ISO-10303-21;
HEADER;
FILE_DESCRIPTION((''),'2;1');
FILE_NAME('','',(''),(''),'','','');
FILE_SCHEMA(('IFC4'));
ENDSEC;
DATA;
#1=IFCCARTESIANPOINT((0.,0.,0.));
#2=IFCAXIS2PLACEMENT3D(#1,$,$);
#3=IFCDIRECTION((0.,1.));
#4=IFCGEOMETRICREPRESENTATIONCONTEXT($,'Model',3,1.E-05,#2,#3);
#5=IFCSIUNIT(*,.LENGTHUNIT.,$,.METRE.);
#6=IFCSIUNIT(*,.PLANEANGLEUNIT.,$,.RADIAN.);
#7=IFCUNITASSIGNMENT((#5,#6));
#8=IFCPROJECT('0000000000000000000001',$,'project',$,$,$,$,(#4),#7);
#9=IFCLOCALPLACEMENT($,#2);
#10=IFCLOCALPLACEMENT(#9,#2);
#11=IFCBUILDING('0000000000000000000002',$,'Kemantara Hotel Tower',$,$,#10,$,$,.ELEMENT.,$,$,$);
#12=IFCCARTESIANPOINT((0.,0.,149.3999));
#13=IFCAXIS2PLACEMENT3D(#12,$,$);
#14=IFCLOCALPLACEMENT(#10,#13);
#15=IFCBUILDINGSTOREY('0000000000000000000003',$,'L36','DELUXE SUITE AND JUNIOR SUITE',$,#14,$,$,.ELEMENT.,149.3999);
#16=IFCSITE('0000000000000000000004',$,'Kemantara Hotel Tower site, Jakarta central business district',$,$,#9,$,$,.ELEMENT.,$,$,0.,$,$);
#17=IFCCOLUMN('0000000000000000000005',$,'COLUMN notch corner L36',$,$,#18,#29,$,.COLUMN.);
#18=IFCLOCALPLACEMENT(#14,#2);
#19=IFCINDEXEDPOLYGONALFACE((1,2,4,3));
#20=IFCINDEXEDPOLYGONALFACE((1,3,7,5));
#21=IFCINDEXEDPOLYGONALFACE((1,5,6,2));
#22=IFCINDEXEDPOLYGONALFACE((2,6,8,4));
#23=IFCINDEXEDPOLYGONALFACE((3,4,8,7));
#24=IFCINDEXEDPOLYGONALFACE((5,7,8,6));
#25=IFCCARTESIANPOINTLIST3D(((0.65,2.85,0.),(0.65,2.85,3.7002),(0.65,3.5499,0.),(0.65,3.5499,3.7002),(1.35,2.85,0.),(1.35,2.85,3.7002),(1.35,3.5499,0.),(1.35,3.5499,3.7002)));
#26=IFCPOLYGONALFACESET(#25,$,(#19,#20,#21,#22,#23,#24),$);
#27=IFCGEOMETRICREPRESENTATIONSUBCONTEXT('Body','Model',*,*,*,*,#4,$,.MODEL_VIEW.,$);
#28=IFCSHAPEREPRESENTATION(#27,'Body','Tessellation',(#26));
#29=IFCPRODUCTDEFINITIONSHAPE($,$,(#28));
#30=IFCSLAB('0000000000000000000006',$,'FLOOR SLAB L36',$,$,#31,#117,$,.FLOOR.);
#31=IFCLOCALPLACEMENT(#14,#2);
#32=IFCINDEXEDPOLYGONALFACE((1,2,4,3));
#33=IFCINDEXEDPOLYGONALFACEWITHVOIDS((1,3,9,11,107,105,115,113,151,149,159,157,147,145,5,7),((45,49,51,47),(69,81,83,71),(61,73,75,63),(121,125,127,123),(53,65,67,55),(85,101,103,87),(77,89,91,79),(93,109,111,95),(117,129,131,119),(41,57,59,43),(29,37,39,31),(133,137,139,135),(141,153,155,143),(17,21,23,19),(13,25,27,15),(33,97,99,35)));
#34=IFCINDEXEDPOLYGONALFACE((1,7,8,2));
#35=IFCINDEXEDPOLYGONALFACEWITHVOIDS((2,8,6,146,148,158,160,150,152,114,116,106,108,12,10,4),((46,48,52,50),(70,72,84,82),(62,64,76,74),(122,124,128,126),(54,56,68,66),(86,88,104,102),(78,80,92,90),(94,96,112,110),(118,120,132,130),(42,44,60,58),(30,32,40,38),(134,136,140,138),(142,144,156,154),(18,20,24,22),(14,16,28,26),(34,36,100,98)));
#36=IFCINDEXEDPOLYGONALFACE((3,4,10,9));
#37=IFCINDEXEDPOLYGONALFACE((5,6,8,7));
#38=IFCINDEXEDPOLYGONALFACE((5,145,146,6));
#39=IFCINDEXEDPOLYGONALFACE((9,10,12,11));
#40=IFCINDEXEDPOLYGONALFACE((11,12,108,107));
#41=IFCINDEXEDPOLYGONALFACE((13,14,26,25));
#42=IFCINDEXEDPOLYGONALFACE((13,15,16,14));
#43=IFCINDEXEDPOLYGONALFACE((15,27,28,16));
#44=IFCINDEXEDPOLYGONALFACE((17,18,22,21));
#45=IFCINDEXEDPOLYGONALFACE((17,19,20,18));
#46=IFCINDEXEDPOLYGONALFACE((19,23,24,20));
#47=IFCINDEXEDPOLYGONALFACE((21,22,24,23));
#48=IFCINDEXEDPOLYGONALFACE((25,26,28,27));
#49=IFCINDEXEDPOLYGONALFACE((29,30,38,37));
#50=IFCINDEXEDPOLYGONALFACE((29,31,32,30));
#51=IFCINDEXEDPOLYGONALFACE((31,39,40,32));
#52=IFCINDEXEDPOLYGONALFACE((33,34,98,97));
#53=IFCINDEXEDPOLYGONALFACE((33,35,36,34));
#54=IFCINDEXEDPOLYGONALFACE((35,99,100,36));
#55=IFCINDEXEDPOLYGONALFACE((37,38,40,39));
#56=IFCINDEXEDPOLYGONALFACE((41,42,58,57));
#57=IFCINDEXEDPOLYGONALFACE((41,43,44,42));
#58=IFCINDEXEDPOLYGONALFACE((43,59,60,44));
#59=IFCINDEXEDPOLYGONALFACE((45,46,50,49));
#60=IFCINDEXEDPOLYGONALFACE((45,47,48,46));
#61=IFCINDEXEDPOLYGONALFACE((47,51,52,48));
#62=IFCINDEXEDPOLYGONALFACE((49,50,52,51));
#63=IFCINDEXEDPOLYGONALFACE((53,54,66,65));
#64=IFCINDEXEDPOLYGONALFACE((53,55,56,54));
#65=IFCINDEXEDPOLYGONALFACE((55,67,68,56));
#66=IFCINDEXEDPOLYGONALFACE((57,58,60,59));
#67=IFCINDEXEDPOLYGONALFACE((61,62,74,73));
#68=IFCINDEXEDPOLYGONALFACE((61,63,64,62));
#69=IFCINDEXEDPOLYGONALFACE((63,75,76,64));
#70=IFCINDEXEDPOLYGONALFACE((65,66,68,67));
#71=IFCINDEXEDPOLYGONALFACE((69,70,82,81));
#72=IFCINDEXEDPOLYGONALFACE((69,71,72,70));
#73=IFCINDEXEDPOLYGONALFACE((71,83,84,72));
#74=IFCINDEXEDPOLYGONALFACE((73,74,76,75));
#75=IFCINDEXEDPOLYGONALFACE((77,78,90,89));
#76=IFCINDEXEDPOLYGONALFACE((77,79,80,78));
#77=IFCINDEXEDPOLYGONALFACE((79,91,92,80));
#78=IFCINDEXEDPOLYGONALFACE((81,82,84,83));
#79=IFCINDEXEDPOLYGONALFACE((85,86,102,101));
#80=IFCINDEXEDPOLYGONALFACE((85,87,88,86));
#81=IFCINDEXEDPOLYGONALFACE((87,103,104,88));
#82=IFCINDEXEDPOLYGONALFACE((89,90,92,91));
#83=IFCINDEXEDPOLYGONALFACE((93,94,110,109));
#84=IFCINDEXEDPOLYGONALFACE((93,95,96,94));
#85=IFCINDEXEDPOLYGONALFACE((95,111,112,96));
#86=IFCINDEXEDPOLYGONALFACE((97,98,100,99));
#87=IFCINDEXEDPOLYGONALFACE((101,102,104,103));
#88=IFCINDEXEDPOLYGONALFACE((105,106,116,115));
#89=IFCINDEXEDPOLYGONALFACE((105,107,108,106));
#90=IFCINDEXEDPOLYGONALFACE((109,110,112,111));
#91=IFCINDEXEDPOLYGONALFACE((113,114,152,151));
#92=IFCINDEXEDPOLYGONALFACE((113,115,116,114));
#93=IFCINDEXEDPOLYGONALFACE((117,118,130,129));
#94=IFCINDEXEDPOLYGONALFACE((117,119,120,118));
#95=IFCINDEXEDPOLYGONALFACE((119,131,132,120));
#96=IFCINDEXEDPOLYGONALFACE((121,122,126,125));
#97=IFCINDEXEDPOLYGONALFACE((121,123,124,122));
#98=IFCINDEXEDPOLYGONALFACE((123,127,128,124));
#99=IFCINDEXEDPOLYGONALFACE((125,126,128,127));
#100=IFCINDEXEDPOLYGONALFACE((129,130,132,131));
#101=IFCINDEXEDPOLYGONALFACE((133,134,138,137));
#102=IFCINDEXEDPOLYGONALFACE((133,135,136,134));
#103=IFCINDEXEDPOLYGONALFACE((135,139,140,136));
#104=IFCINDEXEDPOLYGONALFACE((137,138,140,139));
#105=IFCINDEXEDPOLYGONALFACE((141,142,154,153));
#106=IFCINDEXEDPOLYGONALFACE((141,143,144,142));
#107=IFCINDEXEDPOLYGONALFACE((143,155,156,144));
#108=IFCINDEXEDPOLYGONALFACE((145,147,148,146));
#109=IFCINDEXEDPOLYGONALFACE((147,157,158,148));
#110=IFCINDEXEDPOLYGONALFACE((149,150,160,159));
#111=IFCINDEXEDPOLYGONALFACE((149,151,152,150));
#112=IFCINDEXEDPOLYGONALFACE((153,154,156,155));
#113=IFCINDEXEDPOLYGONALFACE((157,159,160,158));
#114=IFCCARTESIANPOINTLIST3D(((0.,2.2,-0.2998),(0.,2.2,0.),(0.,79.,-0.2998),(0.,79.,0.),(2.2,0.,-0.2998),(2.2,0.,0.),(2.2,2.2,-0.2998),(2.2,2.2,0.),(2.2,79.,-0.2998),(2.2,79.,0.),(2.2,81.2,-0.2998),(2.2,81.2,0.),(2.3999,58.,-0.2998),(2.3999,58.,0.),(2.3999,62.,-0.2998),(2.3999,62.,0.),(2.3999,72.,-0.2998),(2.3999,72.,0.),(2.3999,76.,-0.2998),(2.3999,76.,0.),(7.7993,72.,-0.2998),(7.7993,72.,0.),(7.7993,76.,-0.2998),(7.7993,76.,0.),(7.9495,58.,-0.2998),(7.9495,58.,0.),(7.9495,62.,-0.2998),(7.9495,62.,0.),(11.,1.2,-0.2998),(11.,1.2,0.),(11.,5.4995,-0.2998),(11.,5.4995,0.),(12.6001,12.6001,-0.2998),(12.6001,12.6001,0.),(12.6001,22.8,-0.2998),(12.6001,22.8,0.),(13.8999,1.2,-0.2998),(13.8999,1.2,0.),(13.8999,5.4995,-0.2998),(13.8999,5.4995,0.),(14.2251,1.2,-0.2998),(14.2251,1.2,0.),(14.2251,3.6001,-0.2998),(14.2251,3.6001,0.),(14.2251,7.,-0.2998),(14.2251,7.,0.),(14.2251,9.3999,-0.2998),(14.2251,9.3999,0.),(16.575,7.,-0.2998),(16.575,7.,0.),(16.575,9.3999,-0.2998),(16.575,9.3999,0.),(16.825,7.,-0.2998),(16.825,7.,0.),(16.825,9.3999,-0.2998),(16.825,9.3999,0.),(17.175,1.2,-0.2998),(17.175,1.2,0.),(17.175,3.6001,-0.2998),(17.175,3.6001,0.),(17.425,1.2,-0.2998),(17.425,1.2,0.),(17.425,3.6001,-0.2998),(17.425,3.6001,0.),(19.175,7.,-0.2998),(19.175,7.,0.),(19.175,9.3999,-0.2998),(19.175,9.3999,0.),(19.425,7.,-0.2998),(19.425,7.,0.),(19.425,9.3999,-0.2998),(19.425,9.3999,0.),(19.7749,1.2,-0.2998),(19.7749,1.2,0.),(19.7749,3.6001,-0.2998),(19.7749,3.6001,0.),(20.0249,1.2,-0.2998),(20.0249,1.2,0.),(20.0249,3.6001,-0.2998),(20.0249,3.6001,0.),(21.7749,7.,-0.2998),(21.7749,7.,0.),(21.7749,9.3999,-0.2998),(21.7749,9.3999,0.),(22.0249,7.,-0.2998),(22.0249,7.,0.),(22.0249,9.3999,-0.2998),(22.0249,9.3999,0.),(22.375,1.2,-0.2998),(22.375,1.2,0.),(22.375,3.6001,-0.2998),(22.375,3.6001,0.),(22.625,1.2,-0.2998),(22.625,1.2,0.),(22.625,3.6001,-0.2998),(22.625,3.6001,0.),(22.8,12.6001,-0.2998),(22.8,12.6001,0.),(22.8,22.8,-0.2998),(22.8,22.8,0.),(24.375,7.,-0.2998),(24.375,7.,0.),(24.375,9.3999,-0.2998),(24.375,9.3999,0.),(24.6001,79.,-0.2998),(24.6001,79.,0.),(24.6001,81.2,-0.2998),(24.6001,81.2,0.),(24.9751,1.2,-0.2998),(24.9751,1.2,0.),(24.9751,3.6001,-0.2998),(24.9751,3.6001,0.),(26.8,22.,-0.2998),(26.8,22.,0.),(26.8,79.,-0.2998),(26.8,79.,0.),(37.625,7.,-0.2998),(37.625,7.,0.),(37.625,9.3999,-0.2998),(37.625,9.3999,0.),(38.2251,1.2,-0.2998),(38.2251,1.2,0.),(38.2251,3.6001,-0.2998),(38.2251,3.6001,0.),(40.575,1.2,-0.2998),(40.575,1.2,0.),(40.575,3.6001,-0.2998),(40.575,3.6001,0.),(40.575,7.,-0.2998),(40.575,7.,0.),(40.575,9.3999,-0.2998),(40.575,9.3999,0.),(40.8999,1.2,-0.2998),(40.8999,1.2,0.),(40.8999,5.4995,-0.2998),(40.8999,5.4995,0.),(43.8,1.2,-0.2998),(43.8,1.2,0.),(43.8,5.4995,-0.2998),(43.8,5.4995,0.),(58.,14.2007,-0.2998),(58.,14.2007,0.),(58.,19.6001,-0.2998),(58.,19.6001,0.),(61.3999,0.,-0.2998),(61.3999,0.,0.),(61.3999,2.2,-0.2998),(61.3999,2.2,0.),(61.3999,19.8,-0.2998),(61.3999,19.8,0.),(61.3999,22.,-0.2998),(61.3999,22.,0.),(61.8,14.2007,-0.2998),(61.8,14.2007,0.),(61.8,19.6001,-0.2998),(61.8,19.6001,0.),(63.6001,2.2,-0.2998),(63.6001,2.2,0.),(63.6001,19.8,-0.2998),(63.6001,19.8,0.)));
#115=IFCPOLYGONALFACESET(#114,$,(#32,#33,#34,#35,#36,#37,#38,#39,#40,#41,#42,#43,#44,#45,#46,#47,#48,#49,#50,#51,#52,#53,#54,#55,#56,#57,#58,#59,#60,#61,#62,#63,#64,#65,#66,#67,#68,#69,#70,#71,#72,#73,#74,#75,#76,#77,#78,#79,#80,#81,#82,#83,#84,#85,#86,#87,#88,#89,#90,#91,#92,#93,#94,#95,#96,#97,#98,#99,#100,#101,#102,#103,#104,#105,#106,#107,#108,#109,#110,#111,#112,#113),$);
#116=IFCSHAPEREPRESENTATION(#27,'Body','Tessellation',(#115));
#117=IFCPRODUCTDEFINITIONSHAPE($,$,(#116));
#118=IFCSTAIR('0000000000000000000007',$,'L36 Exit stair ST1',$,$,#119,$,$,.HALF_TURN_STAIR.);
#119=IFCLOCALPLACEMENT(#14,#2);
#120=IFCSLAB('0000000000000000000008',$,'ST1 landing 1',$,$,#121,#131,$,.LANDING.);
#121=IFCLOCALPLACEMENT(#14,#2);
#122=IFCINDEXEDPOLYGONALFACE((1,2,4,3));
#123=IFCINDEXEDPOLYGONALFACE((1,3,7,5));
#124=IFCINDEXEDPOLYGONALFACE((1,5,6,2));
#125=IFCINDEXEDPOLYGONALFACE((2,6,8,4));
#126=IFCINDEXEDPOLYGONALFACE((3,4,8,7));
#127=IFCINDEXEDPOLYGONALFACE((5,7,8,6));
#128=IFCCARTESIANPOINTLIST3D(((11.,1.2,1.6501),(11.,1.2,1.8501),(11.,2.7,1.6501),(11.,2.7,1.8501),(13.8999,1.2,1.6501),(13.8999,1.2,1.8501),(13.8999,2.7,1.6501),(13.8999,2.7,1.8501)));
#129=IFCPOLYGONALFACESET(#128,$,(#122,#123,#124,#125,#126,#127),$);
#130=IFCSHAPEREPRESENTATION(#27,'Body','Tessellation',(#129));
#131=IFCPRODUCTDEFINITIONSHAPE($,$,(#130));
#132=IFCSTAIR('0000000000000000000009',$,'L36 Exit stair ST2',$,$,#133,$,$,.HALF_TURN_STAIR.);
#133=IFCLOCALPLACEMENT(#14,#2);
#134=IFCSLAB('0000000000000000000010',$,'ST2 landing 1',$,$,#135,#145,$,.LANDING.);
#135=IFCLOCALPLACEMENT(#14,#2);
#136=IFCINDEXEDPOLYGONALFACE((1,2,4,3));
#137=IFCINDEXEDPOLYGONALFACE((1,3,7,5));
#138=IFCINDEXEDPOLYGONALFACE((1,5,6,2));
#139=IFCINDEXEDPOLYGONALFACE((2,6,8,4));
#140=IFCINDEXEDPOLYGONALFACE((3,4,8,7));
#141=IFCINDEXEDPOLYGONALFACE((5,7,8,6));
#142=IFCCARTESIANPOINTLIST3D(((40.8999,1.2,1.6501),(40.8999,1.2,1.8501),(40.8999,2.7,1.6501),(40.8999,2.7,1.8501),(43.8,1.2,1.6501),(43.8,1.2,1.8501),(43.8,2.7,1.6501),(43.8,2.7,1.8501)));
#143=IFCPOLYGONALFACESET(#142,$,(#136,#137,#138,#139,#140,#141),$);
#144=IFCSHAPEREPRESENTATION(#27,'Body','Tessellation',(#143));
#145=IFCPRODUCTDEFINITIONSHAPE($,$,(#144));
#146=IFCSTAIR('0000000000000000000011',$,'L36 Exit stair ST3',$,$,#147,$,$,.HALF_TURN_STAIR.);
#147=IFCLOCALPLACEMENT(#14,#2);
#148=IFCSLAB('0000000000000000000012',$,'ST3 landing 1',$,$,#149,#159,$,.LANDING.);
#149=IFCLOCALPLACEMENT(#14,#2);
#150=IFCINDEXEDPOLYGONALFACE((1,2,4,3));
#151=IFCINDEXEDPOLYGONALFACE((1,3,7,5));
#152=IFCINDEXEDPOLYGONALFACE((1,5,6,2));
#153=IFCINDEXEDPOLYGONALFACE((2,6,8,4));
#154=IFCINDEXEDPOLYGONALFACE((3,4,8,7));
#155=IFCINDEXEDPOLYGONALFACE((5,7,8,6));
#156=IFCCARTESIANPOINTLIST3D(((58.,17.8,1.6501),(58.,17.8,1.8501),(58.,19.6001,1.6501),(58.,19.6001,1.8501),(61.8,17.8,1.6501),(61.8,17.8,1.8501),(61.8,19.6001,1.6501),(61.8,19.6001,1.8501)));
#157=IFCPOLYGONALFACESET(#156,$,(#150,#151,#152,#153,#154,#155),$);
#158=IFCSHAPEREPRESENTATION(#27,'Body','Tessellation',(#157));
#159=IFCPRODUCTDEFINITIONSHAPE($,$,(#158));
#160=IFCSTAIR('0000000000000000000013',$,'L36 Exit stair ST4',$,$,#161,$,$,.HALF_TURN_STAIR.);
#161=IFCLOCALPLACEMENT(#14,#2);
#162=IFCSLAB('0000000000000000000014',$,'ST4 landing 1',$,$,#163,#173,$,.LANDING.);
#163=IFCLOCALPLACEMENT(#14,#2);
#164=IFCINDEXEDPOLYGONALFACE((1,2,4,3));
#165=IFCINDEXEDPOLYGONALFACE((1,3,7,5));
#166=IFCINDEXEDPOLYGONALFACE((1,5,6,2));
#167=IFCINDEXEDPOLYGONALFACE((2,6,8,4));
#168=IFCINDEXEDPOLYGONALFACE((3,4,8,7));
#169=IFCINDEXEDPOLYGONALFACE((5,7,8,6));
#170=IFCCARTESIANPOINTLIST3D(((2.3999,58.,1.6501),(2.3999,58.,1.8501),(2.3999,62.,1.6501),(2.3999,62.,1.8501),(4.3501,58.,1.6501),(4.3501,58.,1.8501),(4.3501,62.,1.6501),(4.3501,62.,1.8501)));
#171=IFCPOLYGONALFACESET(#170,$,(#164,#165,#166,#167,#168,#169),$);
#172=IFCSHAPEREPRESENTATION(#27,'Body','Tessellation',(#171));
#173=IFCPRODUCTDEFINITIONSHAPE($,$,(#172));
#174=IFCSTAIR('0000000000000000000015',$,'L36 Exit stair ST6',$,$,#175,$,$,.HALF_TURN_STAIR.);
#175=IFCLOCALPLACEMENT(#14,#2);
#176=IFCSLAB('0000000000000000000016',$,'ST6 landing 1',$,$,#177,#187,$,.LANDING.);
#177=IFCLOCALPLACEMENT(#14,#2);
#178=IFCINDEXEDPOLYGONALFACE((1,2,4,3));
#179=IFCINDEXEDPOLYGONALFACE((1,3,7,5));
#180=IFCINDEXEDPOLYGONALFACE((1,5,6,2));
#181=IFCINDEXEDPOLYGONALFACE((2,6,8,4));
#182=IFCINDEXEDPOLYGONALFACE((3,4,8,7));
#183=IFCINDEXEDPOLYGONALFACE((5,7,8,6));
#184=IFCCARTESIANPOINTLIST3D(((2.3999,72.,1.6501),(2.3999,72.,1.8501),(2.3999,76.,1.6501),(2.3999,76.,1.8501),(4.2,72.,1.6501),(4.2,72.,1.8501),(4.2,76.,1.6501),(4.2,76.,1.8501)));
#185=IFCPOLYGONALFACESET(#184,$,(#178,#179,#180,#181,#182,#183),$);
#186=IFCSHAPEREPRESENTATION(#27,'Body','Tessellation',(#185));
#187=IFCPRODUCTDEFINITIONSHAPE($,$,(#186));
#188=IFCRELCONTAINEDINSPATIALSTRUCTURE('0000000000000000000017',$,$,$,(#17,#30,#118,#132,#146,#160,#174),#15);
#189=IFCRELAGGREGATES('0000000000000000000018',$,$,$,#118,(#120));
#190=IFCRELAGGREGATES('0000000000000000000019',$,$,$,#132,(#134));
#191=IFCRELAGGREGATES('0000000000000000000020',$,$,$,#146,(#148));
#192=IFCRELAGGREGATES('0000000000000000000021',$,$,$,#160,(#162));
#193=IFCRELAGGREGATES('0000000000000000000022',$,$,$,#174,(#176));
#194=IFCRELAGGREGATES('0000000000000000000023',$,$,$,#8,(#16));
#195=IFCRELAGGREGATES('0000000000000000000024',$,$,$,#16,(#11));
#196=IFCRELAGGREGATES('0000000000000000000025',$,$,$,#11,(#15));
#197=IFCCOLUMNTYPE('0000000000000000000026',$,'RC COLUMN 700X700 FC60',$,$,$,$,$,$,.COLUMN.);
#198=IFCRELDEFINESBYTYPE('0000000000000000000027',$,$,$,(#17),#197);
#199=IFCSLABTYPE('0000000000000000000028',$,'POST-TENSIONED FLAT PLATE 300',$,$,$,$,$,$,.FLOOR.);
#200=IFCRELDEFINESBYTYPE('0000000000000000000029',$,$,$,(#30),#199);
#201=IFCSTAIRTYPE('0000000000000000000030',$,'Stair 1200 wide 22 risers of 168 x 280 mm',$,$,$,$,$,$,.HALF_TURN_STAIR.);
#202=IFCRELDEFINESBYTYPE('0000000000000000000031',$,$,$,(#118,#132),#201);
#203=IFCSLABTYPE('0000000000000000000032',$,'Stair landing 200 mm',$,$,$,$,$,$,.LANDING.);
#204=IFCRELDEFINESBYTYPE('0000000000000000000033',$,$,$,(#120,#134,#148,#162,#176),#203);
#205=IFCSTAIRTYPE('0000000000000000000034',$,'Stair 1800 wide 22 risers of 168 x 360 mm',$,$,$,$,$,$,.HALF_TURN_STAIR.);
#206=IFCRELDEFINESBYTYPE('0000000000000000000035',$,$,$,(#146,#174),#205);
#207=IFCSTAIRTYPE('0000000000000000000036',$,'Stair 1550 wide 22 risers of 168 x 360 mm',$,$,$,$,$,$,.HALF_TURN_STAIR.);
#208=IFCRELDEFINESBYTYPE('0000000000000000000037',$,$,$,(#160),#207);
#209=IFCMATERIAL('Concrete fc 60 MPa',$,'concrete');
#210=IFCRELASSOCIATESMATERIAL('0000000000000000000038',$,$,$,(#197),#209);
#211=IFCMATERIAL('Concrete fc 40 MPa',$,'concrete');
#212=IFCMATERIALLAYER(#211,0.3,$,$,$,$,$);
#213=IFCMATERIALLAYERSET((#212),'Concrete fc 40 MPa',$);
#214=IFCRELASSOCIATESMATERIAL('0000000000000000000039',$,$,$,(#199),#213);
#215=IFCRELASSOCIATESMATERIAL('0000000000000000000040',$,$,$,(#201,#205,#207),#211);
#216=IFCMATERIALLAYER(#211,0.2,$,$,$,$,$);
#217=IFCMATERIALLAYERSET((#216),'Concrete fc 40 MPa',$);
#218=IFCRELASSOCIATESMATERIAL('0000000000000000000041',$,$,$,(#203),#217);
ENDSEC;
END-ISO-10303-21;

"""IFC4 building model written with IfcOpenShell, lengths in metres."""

from ifc_helpers import new_model, si_unit, direction, frame, origin, origin_2d, place, context, subcontext, project, spatial, polyline, rectangle, outline, extrude, material, layer, layer_set, material_profile, profile_set, type_object, element, aggregate, save


model = new_model("IFC4")

# Units and contexts
model_context = context("Model", 3, precision=1e-05, world=origin(), true_north=direction((0.0, 1.0)))
body_context = subcontext(model_context, "Body", "Model", "MODEL_VIEW")
ifc_project = project(units=[si_unit("LENGTHUNIT", "METRE"), si_unit("PLANEANGLEUNIT", "RADIAN")], contexts=[model_context])

# Site, building, storey
site_placement = place(None, origin())
site = spatial("IfcSite", under=ifc_project, at=site_placement, Name="Kemantara Hotel Tower site, Jakarta central business district", CompositionType="ELEMENT", RefElevation=0.0)
building_placement = place(site_placement, origin())
building = spatial("IfcBuilding", under=site, at=building_placement, Name="Kemantara Hotel Tower", CompositionType="ELEMENT")
storey_placement = place(building_placement, frame((0.0, 0.0, 149.3999)))
storey = spatial("IfcBuildingStorey", under=building, at=storey_placement, Name="L36", Description="DELUXE SUITE AND JUNIOR SUITE", CompositionType="ELEMENT", Elevation=149.3999)

# Column
ifc_material_1 = material(Name="Concrete fc 60 MPa", Category="concrete")
ifc_material_profile = material_profile(ifc_material_1, rectangle(XDim=0.7, YDim=0.7, at=origin_2d()), Name="RC 700X700")
ifc_profile_set = profile_set([ifc_material_profile], Name="Concrete fc 60 MPa")
column_type = type_object("IfcColumnType", Name="RC COLUMN 700X700 FC60", PredefinedType="COLUMN", material=ifc_profile_set)
column_placement = place(storey_placement, frame((1.0, 3.2, 0.0), z_axis=(0.0, 0.0, 1.0), x_axis=(1.0, 0.0, 0.0)))
element("IfcColumn", 1, at=column_placement, inside=storey, type_object=column_type, Name="COLUMN notch corner L36", PredefinedType="COLUMN", context=body_context, shape_type="SweptSolid", body=[
    extrude(rectangle(XDim=0.7, YDim=0.7, at=origin_2d()), origin(), (0.0, 0.0, 1.0), 3.7002),
])

# Slab
ifc_material_2 = material(Name="Concrete fc 40 MPa", Category="concrete")
ifc_layer_1 = layer(ifc_material_2, 0.3)
ifc_layer_set_1 = layer_set([ifc_layer_1], Name="Concrete fc 40 MPa")
slab_type_1 = type_object("IfcSlabType", Name="POST-TENSIONED FLAT PLATE 300", PredefinedType="FLOOR", material=ifc_layer_set_1)
slab_1_placement = place(storey_placement, frame((0.0, 0.0, -0.2998)))
element("IfcSlab", 2, at=slab_1_placement, inside=storey, type_object=slab_type_1, Name="FLOOR SLAB L36", PredefinedType="FLOOR", context=body_context, shape_type="SweptSolid", body=[
    extrude(outline(polyline([(26.8, 79.0), (24.6001, 79.0), (24.6001, 81.2), (2.2, 81.2), (2.2, 79.0), (0.0, 79.0), (0.0, 2.2), (2.2, 2.2), (2.2, 0.0), (61.3999, 0.0), (61.3999, 2.2), (63.6001, 2.2), (63.6001, 19.8), (61.3999, 19.8), (61.3999, 22.0), (26.8, 22.0), (26.8, 79.0)]), holes=[polyline([(17.175, 1.2), (14.2251, 1.2), (14.2251, 3.6001), (17.175, 3.6001), (17.175, 1.2)]), polyline([(19.7749, 1.2), (17.425, 1.2), (17.425, 3.6001), (19.7749, 3.6001), (19.7749, 1.2)]), polyline([(11.0, 1.2), (11.0, 5.4995), (13.8999, 5.4995), (13.8999, 1.2), (11.0, 1.2)]), polyline([(16.575, 7.0), (14.2251, 7.0), (14.2251, 9.3999), (16.575, 9.3999), (16.575, 7.0)]), polyline([(19.175, 7.0), (16.825, 7.0), (16.825, 9.3999), (19.175, 9.3999), (19.175, 7.0)]), polyline([(22.8, 12.6001), (12.6001, 12.6001), (12.6001, 22.8), (22.8, 22.8), (22.8, 12.6001)]), polyline([(2.3999, 62.0), (7.9495, 62.0), (7.9495, 58.0), (2.3999, 58.0), (2.3999, 62.0)]), polyline([(2.3999, 76.0), (7.7993, 76.0), (7.7993, 72.0), (2.3999, 72.0), (2.3999, 76.0)]), polyline([(22.375, 1.2), (20.0249, 1.2), (20.0249, 3.6001), (22.375, 3.6001), (22.375, 1.2)]), polyline([(24.9751, 1.2), (22.625, 1.2), (22.625, 3.6001), (24.9751, 3.6001), (24.9751, 1.2)]), polyline([(40.575, 1.2), (38.2251, 1.2), (38.2251, 3.6001), (40.575, 3.6001), (40.575, 1.2)]), polyline([(40.8999, 1.2), (40.8999, 5.4995), (43.8, 5.4995), (43.8, 1.2), (40.8999, 1.2)]), polyline([(21.7749, 7.0), (19.425, 7.0), (19.425, 9.3999), (21.7749, 9.3999), (21.7749, 7.0)]), polyline([(24.375, 7.0), (22.0249, 7.0), (22.0249, 9.3999), (24.375, 9.3999), (24.375, 7.0)]), polyline([(40.575, 7.0), (37.625, 7.0), (37.625, 9.3999), (40.575, 9.3999), (40.575, 7.0)]), polyline([(61.8, 19.6001), (61.8, 14.2007), (58.0, 14.2007), (58.0, 19.6001), (61.8, 19.6001)])]), origin(), (0.0, 0.0, 1.0), 0.2998),
])

# Stairs, slabs
stair_type_1 = type_object("IfcStairType", Name="Stair 1200 wide 22 risers of 168 x 280 mm", PredefinedType="HALF_TURN_STAIR", material=ifc_material_2)
stair_1_placement = place(storey_placement, origin())
stair_1 = element("IfcStair", 3, at=stair_1_placement, inside=storey, type_object=stair_type_1, Name="L36 Exit stair ST1", PredefinedType="HALF_TURN_STAIR")
ifc_layer_2 = layer(ifc_material_2, 0.2)
ifc_layer_set_2 = layer_set([ifc_layer_2], Name="Concrete fc 40 MPa")
slab_type_2 = type_object("IfcSlabType", Name="Stair landing 200 mm", PredefinedType="LANDING", material=ifc_layer_set_2)
slab_2_placement = place(storey_placement, frame((0.0, 0.0, 1.6501)))
slab_2 = element("IfcSlab", 4, at=slab_2_placement, type_object=slab_type_2, Name="ST1 landing 1", PredefinedType="LANDING", context=body_context, shape_type="SweptSolid", body=[
    extrude(outline(polyline([(11.0, 2.7), (11.0, 1.2), (13.8999, 1.2), (13.8999, 2.7), (11.0, 2.7)])), origin(), (0.0, 0.0, 1.0), 0.2),
])
aggregate(stair_1, [slab_2])
stair_2_placement = place(storey_placement, origin())
stair_2 = element("IfcStair", 5, at=stair_2_placement, inside=storey, type_object=stair_type_1, Name="L36 Exit stair ST2", PredefinedType="HALF_TURN_STAIR")
slab_3_placement = place(storey_placement, frame((0.0, 0.0, 1.6501)))
slab_3 = element("IfcSlab", 6, at=slab_3_placement, type_object=slab_type_2, Name="ST2 landing 1", PredefinedType="LANDING", context=body_context, shape_type="SweptSolid", body=[
    extrude(outline(polyline([(40.8999, 2.7), (40.8999, 1.2), (43.8, 1.2), (43.8, 2.7), (40.8999, 2.7)])), origin(), (0.0, 0.0, 1.0), 0.2),
])
aggregate(stair_2, [slab_3])
stair_type_2 = type_object("IfcStairType", Name="Stair 1800 wide 22 risers of 168 x 360 mm", PredefinedType="HALF_TURN_STAIR", material=ifc_material_2)
stair_3_placement = place(storey_placement, origin())
stair_3 = element("IfcStair", 7, at=stair_3_placement, inside=storey, type_object=stair_type_2, Name="L36 Exit stair ST3", PredefinedType="HALF_TURN_STAIR")
slab_4_placement = place(storey_placement, frame((0.0, 0.0, 1.6501)))
slab_4 = element("IfcSlab", 8, at=slab_4_placement, type_object=slab_type_2, Name="ST3 landing 1", PredefinedType="LANDING", context=body_context, shape_type="SweptSolid", body=[
    extrude(outline(polyline([(61.8, 17.8), (61.8, 19.6001), (58.0, 19.6001), (58.0, 17.8), (61.8, 17.8)])), origin(), (0.0, 0.0, 1.0), 0.2),
])
aggregate(stair_3, [slab_4])
stair_type_3 = type_object("IfcStairType", Name="Stair 1550 wide 22 risers of 168 x 360 mm", PredefinedType="HALF_TURN_STAIR", material=ifc_material_2)
stair_4_placement = place(storey_placement, origin())
stair_4 = element("IfcStair", 9, at=stair_4_placement, inside=storey, type_object=stair_type_3, Name="L36 Exit stair ST4", PredefinedType="HALF_TURN_STAIR")
slab_5_placement = place(storey_placement, frame((0.0, 0.0, 1.6501)))
slab_5 = element("IfcSlab", 10, at=slab_5_placement, type_object=slab_type_2, Name="ST4 landing 1", PredefinedType="LANDING", context=body_context, shape_type="SweptSolid", body=[
    extrude(outline(polyline([(4.3501, 62.0), (2.3999, 62.0), (2.3999, 58.0), (4.3501, 58.0), (4.3501, 62.0)])), origin(), (0.0, 0.0, 1.0), 0.2),
])
aggregate(stair_4, [slab_5])
stair_5_placement = place(storey_placement, origin())
stair_5 = element("IfcStair", 11, at=stair_5_placement, inside=storey, type_object=stair_type_2, Name="L36 Exit stair ST6", PredefinedType="HALF_TURN_STAIR")
slab_6_placement = place(storey_placement, frame((0.0, 0.0, 1.6501)))
slab_6 = element("IfcSlab", 12, at=slab_6_placement, type_object=slab_type_2, Name="ST6 landing 1", PredefinedType="LANDING", context=body_context, shape_type="SweptSolid", body=[
    extrude(outline(polyline([(4.2, 76.0), (2.3999, 76.0), (2.3999, 72.0), (4.2, 72.0), (4.2, 76.0)])), origin(), (0.0, 0.0, 1.0), 0.2),
])
aggregate(stair_5, [slab_6])

save(model, "model.ifc")
